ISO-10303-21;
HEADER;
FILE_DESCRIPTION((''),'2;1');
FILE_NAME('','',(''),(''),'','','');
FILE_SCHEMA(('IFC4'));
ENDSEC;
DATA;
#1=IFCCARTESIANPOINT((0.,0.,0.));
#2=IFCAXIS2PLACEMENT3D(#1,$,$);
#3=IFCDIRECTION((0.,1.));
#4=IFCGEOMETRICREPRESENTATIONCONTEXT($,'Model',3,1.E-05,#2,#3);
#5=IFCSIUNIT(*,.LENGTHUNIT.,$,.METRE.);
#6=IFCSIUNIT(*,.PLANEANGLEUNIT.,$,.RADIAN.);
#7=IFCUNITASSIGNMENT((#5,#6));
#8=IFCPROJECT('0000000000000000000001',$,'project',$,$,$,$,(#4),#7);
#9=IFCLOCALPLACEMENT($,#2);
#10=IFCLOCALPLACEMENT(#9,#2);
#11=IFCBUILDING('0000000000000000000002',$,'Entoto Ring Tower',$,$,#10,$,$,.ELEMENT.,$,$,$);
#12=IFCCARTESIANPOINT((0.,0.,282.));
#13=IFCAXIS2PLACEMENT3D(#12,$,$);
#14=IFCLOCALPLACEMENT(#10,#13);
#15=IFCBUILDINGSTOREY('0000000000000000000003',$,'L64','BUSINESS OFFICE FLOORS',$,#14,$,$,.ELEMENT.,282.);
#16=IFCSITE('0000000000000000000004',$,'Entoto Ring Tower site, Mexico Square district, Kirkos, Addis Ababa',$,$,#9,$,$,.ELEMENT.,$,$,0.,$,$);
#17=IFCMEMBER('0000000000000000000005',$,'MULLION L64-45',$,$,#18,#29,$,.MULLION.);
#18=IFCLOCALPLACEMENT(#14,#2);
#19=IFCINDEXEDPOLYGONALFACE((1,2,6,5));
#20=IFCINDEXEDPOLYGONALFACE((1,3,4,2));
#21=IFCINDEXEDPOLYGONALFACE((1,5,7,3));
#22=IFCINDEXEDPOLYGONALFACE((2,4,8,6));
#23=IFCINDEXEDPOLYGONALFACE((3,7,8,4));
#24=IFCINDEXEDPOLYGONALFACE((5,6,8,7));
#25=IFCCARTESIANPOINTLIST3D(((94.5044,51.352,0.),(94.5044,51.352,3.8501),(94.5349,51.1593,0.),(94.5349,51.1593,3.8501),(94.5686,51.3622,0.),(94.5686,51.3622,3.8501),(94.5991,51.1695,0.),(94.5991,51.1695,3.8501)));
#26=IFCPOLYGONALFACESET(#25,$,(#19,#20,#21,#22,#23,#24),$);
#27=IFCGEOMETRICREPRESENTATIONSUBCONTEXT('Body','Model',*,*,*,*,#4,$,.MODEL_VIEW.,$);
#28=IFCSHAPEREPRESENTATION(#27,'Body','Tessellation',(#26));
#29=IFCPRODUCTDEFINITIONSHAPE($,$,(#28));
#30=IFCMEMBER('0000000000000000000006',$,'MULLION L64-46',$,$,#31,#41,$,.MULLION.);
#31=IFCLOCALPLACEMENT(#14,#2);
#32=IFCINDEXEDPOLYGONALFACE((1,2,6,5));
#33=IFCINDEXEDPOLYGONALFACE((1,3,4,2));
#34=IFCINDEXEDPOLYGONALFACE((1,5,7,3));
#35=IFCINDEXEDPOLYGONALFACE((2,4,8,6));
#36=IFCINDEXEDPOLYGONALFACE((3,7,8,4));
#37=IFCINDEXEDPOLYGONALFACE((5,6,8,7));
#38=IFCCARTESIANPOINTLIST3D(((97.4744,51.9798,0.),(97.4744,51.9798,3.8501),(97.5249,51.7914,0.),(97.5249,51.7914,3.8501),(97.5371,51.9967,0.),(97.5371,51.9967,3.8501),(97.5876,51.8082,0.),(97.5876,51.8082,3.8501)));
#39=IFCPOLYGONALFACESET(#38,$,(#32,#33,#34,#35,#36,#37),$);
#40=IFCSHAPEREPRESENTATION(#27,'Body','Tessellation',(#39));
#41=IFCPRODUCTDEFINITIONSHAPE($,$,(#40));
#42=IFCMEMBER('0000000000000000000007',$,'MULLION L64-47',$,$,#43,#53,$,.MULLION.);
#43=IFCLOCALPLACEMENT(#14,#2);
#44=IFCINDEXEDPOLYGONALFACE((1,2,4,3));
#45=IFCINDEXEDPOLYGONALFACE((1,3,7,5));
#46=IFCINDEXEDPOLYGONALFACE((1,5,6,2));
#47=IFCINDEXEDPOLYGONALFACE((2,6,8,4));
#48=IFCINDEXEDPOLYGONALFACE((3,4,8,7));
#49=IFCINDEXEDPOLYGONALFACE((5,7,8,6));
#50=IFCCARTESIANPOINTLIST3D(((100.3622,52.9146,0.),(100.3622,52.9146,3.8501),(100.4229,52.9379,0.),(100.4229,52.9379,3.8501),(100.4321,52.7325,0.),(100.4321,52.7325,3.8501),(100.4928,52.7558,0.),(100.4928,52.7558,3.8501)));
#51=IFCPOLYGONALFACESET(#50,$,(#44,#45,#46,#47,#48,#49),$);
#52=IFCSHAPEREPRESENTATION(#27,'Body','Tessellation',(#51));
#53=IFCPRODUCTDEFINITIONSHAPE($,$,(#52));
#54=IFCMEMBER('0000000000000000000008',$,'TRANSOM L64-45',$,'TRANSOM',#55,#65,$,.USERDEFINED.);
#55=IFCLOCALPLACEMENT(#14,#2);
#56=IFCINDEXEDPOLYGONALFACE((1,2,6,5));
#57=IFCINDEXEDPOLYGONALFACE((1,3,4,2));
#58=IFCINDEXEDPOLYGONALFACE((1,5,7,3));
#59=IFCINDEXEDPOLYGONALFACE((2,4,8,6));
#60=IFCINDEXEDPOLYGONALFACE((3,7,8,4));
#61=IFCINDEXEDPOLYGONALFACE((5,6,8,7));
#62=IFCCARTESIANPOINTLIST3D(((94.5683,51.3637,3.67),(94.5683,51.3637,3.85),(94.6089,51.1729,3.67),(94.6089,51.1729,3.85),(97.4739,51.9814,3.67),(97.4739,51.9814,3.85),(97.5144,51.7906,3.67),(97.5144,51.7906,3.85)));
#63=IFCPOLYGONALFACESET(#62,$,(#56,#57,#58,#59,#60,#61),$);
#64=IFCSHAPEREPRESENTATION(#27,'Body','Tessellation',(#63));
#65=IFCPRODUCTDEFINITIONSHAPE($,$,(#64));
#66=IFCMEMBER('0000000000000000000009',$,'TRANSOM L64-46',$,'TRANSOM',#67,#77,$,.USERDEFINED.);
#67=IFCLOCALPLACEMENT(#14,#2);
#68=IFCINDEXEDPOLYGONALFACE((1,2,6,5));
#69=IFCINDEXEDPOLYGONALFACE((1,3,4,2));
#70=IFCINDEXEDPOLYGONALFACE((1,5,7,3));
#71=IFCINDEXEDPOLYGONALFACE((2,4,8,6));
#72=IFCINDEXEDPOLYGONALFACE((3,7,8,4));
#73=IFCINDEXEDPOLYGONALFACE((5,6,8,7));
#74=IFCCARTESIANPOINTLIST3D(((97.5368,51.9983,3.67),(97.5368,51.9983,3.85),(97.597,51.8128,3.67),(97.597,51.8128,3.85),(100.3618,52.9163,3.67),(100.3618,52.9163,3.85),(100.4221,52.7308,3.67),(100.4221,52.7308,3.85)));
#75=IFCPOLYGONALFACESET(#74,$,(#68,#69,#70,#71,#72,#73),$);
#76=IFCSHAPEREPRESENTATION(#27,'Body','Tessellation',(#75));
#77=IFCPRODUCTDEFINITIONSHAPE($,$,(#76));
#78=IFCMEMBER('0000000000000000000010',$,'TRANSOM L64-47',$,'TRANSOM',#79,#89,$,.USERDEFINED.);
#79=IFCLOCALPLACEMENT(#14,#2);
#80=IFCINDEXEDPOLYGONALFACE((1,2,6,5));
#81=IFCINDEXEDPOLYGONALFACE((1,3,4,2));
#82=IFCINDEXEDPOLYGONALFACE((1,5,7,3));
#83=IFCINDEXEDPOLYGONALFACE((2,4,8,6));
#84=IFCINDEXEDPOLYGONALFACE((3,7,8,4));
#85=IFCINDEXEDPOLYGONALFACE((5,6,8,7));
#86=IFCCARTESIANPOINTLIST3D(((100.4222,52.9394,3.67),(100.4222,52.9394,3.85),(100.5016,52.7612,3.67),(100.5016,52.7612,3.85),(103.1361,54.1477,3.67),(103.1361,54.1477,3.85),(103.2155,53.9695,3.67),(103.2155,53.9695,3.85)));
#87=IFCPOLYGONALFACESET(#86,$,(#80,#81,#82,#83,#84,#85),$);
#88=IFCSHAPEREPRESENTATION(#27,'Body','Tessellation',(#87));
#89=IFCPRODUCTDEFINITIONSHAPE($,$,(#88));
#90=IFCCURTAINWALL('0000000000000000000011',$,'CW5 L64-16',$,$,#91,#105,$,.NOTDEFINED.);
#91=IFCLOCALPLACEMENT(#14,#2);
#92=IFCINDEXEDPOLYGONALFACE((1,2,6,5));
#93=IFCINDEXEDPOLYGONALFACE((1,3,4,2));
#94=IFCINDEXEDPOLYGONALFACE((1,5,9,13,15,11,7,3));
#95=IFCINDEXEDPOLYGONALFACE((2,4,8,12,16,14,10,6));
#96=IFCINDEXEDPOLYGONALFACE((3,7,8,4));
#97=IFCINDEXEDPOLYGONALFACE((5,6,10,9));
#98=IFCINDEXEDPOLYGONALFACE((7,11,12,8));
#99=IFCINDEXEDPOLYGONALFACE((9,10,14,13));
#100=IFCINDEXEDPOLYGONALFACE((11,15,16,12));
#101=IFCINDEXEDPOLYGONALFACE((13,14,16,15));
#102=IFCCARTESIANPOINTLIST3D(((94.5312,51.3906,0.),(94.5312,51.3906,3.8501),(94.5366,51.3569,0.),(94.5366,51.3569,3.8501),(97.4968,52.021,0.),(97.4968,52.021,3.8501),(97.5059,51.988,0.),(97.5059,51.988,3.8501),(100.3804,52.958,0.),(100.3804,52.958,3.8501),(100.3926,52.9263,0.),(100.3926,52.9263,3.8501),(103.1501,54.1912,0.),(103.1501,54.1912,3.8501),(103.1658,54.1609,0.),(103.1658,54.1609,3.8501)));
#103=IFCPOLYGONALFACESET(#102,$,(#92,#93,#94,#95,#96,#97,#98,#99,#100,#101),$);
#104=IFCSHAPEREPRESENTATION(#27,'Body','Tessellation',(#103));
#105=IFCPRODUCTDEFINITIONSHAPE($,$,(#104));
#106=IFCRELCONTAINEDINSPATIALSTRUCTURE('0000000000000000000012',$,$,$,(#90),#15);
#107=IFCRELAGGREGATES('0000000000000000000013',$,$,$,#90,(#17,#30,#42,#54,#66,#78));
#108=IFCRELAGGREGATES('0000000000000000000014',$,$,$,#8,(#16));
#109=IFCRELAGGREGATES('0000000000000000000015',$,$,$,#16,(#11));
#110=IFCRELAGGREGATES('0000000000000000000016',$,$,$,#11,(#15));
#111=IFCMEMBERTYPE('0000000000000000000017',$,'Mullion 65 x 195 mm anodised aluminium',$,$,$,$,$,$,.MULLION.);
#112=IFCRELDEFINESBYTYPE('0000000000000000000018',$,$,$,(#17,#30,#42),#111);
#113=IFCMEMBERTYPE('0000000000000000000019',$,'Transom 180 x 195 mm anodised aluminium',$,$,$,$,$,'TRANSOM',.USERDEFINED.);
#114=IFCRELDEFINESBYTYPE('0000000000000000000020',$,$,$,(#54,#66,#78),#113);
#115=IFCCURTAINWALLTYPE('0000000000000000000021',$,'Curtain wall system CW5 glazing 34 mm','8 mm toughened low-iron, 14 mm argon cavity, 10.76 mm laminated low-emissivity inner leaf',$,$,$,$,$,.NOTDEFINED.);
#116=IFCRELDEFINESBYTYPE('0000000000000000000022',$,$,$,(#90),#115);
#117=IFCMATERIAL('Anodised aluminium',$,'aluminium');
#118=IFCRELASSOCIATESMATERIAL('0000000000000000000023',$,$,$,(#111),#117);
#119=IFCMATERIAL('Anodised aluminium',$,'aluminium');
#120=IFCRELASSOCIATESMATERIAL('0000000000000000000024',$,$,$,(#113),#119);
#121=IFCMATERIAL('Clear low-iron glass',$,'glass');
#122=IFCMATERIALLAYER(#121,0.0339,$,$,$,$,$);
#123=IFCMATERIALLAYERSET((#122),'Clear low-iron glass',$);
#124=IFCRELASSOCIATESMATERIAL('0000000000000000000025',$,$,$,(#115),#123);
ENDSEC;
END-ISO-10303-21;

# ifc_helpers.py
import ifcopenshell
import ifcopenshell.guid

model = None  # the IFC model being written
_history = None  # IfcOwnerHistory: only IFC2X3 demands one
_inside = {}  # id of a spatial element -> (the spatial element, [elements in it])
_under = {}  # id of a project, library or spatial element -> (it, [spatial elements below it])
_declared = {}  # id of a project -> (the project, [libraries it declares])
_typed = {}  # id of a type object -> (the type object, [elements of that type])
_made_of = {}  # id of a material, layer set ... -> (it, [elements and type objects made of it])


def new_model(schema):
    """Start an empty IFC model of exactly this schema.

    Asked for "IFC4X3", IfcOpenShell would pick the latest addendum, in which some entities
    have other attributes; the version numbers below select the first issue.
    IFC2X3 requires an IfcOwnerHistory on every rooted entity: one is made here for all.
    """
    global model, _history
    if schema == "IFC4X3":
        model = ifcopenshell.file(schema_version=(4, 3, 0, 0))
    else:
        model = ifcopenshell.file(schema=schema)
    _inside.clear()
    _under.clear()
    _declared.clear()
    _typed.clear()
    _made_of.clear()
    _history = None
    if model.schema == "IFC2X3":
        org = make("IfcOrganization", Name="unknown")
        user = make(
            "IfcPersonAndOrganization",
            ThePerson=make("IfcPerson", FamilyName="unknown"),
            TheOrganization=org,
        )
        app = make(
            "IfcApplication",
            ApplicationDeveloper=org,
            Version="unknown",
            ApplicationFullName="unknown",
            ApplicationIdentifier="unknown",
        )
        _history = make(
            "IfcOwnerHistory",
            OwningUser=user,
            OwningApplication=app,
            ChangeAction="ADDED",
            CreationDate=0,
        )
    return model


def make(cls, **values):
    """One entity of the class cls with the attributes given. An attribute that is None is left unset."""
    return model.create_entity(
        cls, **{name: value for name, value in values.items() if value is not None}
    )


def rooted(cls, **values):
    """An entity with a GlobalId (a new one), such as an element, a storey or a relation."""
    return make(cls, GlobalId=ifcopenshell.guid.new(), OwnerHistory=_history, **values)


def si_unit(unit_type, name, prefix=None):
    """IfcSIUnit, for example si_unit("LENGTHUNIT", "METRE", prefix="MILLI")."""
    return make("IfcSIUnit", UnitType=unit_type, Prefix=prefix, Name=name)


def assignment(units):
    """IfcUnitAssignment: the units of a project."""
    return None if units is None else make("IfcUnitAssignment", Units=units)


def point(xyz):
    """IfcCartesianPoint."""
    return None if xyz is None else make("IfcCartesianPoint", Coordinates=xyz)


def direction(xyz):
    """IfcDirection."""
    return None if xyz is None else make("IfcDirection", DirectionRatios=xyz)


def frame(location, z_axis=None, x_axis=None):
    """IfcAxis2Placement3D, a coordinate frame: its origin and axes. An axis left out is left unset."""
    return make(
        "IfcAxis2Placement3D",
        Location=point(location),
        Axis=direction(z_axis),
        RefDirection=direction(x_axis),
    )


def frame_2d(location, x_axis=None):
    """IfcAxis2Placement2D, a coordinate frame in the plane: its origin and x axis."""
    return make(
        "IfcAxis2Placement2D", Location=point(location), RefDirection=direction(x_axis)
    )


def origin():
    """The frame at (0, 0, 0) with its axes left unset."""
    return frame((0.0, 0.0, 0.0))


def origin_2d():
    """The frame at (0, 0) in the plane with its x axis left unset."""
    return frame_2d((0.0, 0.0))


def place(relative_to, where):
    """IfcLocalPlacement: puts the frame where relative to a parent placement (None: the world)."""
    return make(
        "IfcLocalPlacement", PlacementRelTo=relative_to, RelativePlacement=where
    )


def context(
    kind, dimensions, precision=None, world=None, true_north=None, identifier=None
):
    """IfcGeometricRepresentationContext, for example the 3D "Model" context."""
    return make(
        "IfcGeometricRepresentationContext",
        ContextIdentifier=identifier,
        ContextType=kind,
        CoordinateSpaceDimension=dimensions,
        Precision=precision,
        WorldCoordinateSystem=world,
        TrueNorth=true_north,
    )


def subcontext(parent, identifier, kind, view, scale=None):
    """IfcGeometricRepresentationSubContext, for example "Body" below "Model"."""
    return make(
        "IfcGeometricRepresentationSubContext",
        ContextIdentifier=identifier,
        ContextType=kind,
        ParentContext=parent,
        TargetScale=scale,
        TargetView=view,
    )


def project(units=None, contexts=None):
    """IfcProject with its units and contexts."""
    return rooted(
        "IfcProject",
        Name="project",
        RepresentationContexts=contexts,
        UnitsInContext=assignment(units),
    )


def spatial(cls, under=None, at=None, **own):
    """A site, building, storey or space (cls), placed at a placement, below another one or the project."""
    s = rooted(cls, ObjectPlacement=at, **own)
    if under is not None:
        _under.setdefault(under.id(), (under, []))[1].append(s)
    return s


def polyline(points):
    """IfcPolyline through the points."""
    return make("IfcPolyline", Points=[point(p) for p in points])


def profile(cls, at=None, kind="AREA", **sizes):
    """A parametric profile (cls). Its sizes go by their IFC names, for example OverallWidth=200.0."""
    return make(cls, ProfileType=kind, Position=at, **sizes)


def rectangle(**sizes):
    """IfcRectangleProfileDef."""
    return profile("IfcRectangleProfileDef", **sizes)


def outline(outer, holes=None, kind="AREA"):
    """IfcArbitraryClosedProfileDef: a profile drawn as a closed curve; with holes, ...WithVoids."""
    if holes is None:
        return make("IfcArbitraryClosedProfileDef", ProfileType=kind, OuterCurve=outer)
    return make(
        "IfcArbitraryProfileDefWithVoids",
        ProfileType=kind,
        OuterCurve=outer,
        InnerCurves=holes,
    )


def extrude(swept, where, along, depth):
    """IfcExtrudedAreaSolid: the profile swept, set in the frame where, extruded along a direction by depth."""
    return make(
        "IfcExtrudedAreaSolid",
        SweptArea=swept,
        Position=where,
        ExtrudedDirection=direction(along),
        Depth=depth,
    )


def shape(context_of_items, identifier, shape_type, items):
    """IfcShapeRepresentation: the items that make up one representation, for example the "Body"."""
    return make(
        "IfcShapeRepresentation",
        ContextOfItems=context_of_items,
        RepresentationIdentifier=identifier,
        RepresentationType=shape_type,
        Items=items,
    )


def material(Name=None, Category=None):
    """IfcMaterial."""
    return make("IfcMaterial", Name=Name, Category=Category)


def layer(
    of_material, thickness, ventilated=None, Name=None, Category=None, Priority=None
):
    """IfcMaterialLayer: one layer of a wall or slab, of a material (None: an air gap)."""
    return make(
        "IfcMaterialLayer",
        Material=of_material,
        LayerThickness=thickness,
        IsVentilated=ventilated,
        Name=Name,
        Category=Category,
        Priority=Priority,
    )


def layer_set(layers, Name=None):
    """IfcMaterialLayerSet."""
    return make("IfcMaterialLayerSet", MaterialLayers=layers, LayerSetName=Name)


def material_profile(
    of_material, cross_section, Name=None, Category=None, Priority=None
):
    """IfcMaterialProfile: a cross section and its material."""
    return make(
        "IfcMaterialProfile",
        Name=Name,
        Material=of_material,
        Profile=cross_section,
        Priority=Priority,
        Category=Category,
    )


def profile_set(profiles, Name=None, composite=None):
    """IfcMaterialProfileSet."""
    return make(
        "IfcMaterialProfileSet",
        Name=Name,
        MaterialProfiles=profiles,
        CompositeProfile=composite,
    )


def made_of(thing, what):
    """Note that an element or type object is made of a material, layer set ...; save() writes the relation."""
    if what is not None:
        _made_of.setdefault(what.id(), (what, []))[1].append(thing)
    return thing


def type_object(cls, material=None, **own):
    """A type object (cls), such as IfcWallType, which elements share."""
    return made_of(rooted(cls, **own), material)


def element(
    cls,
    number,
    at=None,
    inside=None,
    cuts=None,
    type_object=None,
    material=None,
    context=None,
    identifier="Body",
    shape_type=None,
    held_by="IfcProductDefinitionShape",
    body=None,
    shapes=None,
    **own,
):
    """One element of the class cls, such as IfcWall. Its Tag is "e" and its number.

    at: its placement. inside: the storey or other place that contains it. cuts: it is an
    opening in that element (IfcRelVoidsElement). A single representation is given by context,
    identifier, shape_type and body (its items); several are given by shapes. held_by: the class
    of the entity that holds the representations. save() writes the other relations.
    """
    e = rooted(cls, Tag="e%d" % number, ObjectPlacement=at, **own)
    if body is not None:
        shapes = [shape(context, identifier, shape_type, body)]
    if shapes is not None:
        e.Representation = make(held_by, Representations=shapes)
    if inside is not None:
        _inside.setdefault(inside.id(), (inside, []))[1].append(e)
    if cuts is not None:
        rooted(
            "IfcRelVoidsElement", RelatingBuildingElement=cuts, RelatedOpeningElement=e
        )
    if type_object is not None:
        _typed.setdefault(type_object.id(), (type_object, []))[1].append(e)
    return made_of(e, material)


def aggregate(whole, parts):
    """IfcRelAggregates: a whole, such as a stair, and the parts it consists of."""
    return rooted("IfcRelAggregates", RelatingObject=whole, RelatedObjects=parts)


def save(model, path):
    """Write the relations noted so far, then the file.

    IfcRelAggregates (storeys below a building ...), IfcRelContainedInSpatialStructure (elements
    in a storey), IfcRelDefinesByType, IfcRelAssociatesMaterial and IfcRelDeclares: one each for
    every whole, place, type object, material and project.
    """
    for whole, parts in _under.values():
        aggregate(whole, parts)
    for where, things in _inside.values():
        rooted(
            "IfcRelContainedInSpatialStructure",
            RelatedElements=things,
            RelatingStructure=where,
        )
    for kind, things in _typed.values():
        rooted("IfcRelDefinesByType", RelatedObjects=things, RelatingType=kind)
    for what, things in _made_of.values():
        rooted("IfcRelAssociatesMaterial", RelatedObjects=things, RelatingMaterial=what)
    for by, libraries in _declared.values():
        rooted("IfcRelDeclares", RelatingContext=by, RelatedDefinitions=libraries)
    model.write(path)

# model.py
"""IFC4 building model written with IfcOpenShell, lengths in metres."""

from ifc_helpers import new_model, si_unit, direction, frame, origin, origin_2d, place, context, subcontext, project, spatial, polyline, rectangle, outline, extrude, material, layer, layer_set, material_profile, profile_set, type_object, element, aggregate, save


model = new_model("IFC4")

# Units and contexts
model_context = context("Model", 3, precision=1e-05, world=origin(), true_north=direction((0.0, 1.0)))
body_context = subcontext(model_context, "Body", "Model", "MODEL_VIEW")
ifc_project = project(units=[si_unit("LENGTHUNIT", "METRE"), si_unit("PLANEANGLEUNIT", "RADIAN")], contexts=[model_context])

# Members
ifc_material_1 = material(Name="Anodised aluminium", Category="aluminium")
ifc_material_profile_1 = material_profile(ifc_material_1, rectangle(XDim=0.0649, YDim=0.1951, at=origin_2d()), Name="Mullion 65 x 195 mm anodised aluminium")
ifc_profile_set_1 = profile_set([ifc_material_profile_1], Name="Anodised aluminium")
member_type_1 = type_object("IfcMemberType", Name="Mullion 65 x 195 mm anodised aluminium", PredefinedType="MULLION", material=ifc_profile_set_1)
site_placement = place(None, origin())
building_placement = place(site_placement, origin())
storey_placement = place(building_placement, frame((0.0, 0.0, 282.0)))
member_1_placement = place(storey_placement, frame((94.5518, 51.2607, 0.0), z_axis=(0.0, 0.0, 1.0), x_axis=(0.987688, 0.156434, 0.0)))
member_1 = element("IfcMember", 1, at=member_1_placement, type_object=member_type_1, Name="MULLION L64-45", PredefinedType="MULLION", context=body_context, shape_type="SweptSolid", body=[
    extrude(rectangle(XDim=0.0649, YDim=0.1951, at=origin_2d()), origin(), (0.0, 0.0, 1.0), 3.8501),
])
member_2_placement = place(storey_placement, frame((97.531, 51.894, 0.0), z_axis=(0.0, 0.0, 1.0), x_axis=(0.965926, 0.258819, 0.0)))
member_2 = element("IfcMember", 2, at=member_2_placement, type_object=member_type_1, Name="MULLION L64-46", PredefinedType="MULLION", context=body_context, shape_type="SweptSolid", body=[
    extrude(rectangle(XDim=0.0649, YDim=0.1951, at=origin_2d()), origin(), (0.0, 0.0, 1.0), 3.8501),
])
member_3_placement = place(storey_placement, frame((100.4275, 52.8352, 0.0), z_axis=(0.0, 0.0, 1.0), x_axis=(0.93358, 0.358368, 0.0)))
member_3 = element("IfcMember", 3, at=member_3_placement, type_object=member_type_1, Name="MULLION L64-47", PredefinedType="MULLION", context=body_context, shape_type="SweptSolid", body=[
    extrude(rectangle(XDim=0.0649, YDim=0.1951, at=origin_2d()), origin(), (0.0, 0.0, 1.0), 3.8501),
])
ifc_material_2 = material(Name="Anodised aluminium", Category="aluminium")
ifc_material_profile_2 = material_profile(ifc_material_2, rectangle(XDim=0.1951, YDim=0.1799, at=origin_2d()), Name="Transom 180 x 195 mm anodised aluminium")
ifc_profile_set_2 = profile_set([ifc_material_profile_2], Name="Anodised aluminium")
member_type_2 = type_object("IfcMemberType", Name="Transom 180 x 195 mm anodised aluminium", ElementType="TRANSOM", PredefinedType="USERDEFINED", material=ifc_profile_set_2)
member_4_placement = place(storey_placement, frame((94.5886, 51.2683, 3.76), z_axis=(0.978142, 0.20794, 0.0), x_axis=(-0.20794, 0.978142, 0.0)))
member_4 = element("IfcMember", 4, at=member_4_placement, type_object=member_type_2, Name="TRANSOM L64-45", ObjectType="TRANSOM", PredefinedType="USERDEFINED", context=body_context, shape_type="SweptSolid", body=[
    extrude(rectangle(XDim=0.1951, YDim=0.1799, at=origin_2d()), origin(), (0.0, 0.0, 1.0), 2.9705),
])
member_5_placement = place(storey_placement, frame((97.5669, 51.9055, 3.76), z_axis=(0.951048, 0.309043, 0.0), x_axis=(-0.309043, 0.951048, 0.0)))
member_5 = element("IfcMember", 5, at=member_5_placement, type_object=member_type_2, Name="TRANSOM L64-46", ObjectType="TRANSOM", PredefinedType="USERDEFINED", context=body_context, shape_type="SweptSolid", body=[
    extrude(rectangle(XDim=0.1951, YDim=0.1799, at=origin_2d()), origin(), (0.0, 0.0, 1.0), 2.9705),
])
member_6_placement = place(storey_placement, frame((100.4619, 52.8503, 3.76), z_axis=(0.91355, 0.406726, 0.0), x_axis=(-0.406726, 0.91355, 0.0)))
member_6 = element("IfcMember", 6, at=member_6_placement, type_object=member_type_2, Name="TRANSOM L64-47", ObjectType="TRANSOM", PredefinedType="USERDEFINED", context=body_context, shape_type="SweptSolid", body=[
    extrude(rectangle(XDim=0.1951, YDim=0.1799, at=origin_2d()), origin(), (0.0, 0.0, 1.0), 2.9707),
])

# Site, building, storey
site = spatial("IfcSite", under=ifc_project, at=site_placement, Name="Entoto Ring Tower site, Mexico Square district, Kirkos, Addis Ababa", CompositionType="ELEMENT", RefElevation=0.0)
building = spatial("IfcBuilding", under=site, at=building_placement, Name="Entoto Ring Tower", CompositionType="ELEMENT")
storey = spatial("IfcBuildingStorey", under=building, at=storey_placement, Name="L64", Description="BUSINESS OFFICE FLOORS", CompositionType="ELEMENT", Elevation=282.0)

# Curtain wall
ifc_material_3 = material(Name="Clear low-iron glass", Category="glass")
ifc_layer_1 = layer(ifc_material_3, 0.0339)
ifc_layer_set_1 = layer_set([ifc_layer_1], Name="Clear low-iron glass")
curtain_wall_type = type_object("IfcCurtainWallType", Name="Curtain wall system CW5 glazing 34 mm", Description="8 mm toughened low-iron, 14 mm argon cavity, 10.76 mm laminated low-emissivity inner leaf", PredefinedType="NOTDEFINED", material=ifc_layer_set_1)
curtain_wall_1_placement = place(storey_placement, origin())
curtain_wall_1 = element("IfcCurtainWall", 7, at=curtain_wall_1_placement, inside=storey, type_object=curtain_wall_type, Name="CW5 L64-16", PredefinedType="NOTDEFINED", context=body_context, shape_type="SweptSolid", body=[
    extrude(outline(polyline([(94.5366, 51.3569), (97.5059, 51.988), (100.3926, 52.9263), (103.1658, 54.1609), (103.1501, 54.1912), (100.3804, 52.958), (97.4968, 52.021), (94.5312, 51.3906), (94.5366, 51.3569)])), origin(), (0.0, 0.0, 1.0), 3.8501),
])
aggregate(curtain_wall_1, [member_1, member_2, member_3, member_4, member_5, member_6])

save(model, "model.ifc")
